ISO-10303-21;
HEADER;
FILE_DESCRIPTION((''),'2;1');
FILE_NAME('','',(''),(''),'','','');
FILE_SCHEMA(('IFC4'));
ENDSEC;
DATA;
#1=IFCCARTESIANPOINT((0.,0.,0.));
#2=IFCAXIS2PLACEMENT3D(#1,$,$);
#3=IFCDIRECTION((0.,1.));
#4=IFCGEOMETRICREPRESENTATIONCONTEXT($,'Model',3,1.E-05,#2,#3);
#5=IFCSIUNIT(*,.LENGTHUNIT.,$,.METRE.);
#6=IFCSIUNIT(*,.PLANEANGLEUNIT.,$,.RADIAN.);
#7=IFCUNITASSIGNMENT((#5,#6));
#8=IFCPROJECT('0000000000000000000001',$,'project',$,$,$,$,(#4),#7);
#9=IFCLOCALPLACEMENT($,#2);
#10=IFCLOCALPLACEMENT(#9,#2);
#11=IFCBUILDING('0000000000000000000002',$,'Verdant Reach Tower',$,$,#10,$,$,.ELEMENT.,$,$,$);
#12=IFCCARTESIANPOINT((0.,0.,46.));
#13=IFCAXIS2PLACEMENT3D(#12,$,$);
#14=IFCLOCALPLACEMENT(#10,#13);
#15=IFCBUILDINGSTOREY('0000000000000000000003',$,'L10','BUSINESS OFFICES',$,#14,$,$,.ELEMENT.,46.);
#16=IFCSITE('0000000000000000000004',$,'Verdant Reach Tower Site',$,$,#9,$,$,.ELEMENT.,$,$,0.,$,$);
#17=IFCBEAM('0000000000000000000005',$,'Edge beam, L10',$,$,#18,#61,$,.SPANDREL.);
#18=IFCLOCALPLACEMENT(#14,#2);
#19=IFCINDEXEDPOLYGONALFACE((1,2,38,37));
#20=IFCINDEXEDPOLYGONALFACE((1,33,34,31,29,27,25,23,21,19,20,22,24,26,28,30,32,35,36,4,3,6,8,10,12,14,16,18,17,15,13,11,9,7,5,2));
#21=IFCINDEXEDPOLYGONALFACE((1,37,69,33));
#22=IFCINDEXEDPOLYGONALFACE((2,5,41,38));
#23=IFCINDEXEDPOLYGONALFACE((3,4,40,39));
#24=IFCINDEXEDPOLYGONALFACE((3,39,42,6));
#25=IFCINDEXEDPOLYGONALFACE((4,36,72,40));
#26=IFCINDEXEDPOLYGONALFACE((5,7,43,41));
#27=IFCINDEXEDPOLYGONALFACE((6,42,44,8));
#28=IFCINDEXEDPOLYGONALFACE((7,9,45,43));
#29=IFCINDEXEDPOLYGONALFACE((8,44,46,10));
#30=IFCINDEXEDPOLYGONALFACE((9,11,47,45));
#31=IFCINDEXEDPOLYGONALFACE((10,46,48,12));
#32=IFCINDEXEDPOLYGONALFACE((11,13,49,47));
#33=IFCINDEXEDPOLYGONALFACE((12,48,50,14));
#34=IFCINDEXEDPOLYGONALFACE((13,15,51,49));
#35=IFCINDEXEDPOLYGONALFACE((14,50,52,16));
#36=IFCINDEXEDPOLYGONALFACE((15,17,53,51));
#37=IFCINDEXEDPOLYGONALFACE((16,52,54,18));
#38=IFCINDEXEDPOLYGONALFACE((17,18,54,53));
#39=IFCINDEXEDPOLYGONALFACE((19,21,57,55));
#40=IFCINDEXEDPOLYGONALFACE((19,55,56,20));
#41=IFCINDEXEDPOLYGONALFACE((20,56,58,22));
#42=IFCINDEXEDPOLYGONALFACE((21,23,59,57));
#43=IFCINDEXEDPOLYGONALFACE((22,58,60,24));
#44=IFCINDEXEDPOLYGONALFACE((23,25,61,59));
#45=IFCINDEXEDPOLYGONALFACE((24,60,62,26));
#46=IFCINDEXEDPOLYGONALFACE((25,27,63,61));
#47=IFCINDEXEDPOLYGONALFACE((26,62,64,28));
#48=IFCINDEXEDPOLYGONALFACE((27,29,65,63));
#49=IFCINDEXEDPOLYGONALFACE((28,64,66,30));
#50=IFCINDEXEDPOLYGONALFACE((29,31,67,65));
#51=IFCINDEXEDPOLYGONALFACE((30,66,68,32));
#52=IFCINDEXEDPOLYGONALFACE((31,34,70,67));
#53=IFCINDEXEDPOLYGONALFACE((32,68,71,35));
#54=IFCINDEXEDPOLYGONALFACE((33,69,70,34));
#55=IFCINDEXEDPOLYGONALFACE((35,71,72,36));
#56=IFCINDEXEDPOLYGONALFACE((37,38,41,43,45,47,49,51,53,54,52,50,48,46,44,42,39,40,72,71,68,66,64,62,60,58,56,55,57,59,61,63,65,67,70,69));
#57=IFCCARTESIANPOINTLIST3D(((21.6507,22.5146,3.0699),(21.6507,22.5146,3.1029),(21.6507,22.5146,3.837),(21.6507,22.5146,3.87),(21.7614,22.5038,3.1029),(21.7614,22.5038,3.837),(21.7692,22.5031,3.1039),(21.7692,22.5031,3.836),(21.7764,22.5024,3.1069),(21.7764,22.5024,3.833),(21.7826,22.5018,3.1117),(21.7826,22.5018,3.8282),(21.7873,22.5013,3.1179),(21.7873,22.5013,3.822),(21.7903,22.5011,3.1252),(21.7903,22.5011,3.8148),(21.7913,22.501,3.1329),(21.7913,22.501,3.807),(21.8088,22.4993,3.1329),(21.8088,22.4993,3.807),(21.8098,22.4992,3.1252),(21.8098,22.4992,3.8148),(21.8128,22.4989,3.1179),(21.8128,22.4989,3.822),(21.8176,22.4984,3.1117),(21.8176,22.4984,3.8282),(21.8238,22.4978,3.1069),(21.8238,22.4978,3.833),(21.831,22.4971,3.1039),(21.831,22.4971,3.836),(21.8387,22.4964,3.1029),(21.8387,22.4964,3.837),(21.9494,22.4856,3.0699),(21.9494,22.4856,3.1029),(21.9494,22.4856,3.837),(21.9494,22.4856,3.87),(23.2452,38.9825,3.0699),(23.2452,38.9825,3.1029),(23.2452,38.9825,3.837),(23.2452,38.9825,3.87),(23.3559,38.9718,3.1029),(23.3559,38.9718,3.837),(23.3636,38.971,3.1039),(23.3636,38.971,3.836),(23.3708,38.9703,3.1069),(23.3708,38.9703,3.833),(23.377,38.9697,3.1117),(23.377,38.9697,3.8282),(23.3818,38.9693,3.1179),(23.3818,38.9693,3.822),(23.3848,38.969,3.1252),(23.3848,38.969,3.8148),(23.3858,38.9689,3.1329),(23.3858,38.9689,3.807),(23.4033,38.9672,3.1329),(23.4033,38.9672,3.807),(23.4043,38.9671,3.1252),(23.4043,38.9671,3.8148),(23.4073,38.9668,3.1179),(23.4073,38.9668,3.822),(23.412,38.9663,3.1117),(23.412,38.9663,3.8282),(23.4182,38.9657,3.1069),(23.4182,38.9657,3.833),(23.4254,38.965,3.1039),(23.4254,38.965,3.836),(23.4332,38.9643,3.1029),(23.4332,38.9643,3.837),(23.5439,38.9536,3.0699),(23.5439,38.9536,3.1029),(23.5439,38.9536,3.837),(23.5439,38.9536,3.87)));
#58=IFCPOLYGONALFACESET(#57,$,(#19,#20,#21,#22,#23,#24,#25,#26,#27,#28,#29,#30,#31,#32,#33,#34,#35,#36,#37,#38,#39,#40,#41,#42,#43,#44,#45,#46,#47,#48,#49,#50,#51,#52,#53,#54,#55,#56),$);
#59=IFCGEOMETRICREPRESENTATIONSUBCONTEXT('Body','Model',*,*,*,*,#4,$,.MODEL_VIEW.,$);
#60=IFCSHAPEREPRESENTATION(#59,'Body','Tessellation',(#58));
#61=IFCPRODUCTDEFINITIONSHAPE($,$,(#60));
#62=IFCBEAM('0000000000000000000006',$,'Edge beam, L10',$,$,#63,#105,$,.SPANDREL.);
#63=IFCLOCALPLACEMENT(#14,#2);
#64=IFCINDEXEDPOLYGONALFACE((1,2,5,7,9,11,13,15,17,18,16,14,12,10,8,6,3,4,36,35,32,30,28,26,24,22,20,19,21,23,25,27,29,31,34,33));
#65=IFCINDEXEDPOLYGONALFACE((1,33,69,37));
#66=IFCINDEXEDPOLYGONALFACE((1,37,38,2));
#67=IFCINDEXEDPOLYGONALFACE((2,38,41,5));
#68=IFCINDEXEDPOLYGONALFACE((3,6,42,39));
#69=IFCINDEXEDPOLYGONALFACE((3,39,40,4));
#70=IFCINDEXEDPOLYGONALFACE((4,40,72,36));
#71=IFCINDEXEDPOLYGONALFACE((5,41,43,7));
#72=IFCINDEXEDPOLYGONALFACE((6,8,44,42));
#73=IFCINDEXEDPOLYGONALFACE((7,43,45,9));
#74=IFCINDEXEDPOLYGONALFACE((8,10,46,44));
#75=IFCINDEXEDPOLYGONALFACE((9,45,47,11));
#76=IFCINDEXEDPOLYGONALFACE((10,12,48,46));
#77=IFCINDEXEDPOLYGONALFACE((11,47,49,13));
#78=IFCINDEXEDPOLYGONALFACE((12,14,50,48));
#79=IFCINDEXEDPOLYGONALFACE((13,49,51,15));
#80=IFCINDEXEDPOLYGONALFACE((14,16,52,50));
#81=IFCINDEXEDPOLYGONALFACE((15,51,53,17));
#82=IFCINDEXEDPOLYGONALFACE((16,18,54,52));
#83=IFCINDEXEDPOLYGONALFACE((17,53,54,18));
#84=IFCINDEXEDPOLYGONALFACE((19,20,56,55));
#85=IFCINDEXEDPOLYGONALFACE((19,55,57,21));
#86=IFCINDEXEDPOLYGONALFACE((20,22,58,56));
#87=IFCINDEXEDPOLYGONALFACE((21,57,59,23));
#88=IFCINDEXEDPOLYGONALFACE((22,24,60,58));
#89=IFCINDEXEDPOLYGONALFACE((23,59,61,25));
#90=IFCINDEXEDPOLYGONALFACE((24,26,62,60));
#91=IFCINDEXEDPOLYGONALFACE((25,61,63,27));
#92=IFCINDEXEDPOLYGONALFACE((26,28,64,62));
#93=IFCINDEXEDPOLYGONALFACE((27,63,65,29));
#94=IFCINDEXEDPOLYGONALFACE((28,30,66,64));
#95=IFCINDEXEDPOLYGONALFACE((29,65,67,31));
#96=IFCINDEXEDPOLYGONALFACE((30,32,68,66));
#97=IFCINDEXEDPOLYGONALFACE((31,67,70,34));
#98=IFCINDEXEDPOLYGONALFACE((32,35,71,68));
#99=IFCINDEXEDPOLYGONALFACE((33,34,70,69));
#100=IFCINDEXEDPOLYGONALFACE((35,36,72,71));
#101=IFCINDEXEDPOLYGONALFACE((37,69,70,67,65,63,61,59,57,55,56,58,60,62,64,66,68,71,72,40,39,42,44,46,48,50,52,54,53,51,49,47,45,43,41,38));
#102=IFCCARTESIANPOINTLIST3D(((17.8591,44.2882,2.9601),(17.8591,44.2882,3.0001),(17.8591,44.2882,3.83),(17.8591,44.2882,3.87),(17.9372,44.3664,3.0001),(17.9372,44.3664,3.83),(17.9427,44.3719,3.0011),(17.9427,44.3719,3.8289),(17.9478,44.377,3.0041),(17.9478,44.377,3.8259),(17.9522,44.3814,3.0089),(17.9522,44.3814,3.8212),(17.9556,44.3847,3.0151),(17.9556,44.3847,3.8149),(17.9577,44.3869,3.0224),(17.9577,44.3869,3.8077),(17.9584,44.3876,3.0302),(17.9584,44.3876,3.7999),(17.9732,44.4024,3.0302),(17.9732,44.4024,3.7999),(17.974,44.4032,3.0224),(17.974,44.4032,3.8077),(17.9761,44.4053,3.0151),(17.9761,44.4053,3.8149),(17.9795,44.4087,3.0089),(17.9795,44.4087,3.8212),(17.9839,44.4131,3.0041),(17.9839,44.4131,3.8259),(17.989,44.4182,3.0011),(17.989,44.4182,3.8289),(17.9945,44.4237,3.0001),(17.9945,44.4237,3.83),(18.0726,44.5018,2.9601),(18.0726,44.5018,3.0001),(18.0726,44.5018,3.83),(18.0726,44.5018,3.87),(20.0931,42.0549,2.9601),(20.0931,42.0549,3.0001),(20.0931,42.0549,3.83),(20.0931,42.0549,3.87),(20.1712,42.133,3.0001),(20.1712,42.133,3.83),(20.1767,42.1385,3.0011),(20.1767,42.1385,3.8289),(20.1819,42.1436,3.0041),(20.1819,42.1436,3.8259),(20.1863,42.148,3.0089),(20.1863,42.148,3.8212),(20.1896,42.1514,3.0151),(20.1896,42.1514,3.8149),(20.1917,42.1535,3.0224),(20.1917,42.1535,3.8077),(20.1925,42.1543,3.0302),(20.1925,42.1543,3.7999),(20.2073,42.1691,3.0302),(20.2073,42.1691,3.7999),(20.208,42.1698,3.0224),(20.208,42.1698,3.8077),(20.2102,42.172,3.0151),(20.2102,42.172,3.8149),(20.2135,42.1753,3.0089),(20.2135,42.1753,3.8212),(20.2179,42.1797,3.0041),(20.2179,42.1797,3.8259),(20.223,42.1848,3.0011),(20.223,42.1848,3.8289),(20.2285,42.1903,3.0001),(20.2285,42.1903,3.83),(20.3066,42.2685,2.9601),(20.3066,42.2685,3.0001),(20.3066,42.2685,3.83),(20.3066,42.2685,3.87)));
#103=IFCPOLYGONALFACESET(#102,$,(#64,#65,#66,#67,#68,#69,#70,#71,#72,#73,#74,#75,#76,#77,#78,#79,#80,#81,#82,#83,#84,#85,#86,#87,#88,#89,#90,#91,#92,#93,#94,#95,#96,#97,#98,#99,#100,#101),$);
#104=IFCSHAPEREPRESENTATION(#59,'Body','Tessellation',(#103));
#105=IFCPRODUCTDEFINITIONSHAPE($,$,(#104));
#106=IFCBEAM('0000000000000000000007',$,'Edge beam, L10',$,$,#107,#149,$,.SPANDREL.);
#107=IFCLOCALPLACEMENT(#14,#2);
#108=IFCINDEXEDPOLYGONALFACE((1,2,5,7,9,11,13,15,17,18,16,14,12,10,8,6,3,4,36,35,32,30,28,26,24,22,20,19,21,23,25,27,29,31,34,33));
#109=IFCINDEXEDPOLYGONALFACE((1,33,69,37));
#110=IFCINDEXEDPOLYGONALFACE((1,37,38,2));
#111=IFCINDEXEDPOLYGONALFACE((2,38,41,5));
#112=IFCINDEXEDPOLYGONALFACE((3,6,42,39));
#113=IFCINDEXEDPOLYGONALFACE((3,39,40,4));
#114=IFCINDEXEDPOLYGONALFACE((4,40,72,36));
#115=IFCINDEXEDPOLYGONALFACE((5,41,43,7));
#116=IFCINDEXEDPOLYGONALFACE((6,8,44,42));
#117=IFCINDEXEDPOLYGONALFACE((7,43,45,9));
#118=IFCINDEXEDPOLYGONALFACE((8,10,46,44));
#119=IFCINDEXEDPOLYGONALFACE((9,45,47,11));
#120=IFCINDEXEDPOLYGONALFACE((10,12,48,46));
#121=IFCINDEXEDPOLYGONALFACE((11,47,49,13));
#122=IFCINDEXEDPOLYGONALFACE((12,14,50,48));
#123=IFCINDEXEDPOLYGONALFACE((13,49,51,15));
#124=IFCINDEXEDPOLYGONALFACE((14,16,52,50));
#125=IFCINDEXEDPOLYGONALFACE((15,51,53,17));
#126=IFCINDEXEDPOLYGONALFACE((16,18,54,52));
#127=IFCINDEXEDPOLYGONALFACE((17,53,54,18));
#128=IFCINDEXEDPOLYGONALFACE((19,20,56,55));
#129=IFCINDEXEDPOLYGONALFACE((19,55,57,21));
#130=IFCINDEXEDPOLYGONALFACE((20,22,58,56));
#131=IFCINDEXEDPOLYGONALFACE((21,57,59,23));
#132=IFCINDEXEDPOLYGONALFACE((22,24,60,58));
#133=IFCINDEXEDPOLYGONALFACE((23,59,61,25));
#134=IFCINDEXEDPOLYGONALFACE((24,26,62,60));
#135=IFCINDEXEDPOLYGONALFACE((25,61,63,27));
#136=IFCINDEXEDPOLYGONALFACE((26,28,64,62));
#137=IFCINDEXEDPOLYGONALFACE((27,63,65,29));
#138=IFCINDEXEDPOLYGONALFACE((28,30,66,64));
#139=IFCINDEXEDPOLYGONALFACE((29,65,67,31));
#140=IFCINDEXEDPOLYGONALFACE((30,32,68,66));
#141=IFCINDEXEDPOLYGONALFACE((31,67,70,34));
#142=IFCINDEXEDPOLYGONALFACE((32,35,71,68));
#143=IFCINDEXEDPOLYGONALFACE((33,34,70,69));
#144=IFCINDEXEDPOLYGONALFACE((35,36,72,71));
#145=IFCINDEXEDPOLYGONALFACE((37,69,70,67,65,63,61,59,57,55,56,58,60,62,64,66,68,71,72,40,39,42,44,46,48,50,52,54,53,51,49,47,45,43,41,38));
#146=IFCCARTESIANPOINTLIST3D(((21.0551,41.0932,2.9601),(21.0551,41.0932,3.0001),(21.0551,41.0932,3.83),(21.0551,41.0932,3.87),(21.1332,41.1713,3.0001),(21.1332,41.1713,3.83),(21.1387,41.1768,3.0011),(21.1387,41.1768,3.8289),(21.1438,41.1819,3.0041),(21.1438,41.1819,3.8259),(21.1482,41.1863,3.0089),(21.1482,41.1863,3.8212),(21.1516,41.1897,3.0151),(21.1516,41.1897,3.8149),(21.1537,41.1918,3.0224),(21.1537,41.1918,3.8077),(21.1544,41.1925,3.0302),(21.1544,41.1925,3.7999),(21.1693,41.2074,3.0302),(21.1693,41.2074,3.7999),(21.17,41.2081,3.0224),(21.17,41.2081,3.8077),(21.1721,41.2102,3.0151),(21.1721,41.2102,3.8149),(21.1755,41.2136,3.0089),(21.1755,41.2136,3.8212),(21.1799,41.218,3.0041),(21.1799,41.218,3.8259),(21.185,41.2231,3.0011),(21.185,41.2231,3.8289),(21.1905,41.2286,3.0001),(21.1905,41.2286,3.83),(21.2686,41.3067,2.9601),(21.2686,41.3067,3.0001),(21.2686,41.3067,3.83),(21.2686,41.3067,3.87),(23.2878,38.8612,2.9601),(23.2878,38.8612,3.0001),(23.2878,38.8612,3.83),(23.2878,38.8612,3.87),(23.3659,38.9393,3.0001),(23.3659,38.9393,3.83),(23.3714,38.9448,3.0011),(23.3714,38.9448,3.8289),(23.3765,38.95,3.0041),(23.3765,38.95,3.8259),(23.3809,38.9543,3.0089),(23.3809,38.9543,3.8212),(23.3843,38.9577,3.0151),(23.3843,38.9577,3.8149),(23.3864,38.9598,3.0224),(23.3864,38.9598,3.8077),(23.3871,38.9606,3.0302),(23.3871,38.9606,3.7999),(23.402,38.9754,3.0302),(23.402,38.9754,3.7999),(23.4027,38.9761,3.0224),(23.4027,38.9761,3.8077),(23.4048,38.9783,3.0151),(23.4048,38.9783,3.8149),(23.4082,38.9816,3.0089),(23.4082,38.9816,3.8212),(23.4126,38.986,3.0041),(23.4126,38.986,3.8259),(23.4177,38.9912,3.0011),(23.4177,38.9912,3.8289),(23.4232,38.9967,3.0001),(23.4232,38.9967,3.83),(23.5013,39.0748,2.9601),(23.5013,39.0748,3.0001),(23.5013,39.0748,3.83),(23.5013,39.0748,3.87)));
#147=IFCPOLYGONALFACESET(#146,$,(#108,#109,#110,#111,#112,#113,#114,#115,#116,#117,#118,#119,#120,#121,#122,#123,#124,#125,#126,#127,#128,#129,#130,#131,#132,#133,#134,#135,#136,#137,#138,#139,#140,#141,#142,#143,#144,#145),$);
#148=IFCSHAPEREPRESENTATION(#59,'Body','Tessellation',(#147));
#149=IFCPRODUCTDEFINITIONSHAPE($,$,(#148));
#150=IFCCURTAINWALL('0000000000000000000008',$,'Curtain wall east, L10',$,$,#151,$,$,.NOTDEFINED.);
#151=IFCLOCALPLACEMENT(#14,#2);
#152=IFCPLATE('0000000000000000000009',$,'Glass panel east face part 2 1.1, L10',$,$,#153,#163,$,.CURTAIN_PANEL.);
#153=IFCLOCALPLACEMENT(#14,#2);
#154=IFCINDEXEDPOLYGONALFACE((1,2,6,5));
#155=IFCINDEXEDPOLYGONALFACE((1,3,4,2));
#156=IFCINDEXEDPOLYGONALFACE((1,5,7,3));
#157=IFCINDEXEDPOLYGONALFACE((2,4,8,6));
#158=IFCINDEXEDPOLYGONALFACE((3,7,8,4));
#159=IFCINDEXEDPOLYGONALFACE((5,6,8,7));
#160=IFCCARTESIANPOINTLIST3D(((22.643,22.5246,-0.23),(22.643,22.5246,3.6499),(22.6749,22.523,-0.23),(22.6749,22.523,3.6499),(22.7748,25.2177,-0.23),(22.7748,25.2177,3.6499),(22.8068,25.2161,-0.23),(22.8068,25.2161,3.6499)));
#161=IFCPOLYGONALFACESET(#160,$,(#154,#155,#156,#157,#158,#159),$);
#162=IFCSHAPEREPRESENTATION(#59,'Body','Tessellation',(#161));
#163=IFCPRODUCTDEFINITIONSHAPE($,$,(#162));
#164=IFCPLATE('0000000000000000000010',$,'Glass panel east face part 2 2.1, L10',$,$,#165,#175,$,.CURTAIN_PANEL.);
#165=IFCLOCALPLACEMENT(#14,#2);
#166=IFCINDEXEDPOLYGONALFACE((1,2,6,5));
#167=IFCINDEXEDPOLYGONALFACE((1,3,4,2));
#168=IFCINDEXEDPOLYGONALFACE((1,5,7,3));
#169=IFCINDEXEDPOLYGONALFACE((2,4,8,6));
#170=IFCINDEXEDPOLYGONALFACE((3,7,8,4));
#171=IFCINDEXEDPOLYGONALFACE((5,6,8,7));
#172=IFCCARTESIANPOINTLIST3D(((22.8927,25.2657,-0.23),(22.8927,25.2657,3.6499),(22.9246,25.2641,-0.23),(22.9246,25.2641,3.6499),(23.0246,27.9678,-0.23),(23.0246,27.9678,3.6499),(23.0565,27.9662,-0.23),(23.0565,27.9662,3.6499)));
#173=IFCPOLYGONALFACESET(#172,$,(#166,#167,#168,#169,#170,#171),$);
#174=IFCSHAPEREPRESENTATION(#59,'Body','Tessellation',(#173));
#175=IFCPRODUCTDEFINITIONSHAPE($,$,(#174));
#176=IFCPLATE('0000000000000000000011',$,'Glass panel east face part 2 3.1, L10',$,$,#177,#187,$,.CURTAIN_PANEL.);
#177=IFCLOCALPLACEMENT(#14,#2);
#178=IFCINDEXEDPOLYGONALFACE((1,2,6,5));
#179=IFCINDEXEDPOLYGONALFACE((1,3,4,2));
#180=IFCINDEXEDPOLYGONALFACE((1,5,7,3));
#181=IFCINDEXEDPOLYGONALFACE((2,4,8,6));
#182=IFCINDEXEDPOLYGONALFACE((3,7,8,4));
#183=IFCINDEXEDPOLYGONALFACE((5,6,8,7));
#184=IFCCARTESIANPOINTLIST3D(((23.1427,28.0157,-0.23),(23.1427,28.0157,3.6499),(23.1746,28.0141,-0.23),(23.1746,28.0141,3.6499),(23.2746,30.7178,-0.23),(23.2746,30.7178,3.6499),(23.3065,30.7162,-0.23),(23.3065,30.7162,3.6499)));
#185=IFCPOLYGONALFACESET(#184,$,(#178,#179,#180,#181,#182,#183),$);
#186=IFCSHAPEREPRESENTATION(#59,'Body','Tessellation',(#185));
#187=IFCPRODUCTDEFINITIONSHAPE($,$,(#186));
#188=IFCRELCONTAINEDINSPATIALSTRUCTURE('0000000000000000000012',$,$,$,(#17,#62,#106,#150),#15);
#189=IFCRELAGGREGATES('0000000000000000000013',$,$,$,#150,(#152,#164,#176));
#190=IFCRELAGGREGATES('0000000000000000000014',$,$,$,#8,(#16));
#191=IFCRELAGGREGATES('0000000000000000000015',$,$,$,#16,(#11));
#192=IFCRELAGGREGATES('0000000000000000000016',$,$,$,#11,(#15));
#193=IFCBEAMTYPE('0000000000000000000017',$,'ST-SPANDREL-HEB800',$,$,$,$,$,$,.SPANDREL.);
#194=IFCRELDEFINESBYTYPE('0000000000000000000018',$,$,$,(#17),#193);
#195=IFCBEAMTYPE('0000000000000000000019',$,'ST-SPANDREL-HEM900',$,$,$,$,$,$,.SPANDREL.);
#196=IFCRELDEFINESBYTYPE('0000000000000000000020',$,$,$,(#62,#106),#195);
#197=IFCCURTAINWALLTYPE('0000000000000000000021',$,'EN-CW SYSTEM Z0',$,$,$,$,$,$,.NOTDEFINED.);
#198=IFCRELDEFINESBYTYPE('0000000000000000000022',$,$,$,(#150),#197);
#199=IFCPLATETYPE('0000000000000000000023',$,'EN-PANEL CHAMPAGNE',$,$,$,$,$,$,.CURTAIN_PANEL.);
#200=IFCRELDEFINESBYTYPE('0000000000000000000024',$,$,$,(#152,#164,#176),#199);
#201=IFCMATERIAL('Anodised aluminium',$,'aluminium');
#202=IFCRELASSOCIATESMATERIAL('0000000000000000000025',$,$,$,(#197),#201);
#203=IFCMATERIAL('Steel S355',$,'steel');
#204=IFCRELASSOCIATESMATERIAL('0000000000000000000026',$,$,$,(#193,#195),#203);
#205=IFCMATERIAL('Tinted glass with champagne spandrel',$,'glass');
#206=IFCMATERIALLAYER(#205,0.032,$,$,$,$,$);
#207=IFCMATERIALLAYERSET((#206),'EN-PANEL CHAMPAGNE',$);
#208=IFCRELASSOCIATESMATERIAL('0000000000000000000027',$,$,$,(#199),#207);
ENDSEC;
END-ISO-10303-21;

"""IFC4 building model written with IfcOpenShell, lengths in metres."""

from ifc_helpers import new_model, si_unit, direction, frame, origin, origin_2d, place, context, subcontext, project, spatial, rectangle, i_section, extrude, material, layer, layer_set, material_profile, profile_set, type_object, element, aggregate, save


model = new_model("IFC4")

# Units and contexts
model_context = context("Model", 3, precision=1e-05, world=origin(), true_north=direction((0.0, 1.0)))
body_context = subcontext(model_context, "Body", "Model", "MODEL_VIEW")
ifc_project = project(units=[si_unit("LENGTHUNIT", "METRE"), si_unit("PLANEANGLEUNIT", "RADIAN")], contexts=[model_context])

# Site, building, storey
site_placement = place(None, origin())
site = spatial("IfcSite", under=ifc_project, at=site_placement, Name="Verdant Reach Tower Site", CompositionType="ELEMENT", RefElevation=0.0)
building_placement = place(site_placement, origin())
building = spatial("IfcBuilding", under=site, at=building_placement, Name="Verdant Reach Tower", CompositionType="ELEMENT")
storey_placement = place(building_placement, frame((0.0, 0.0, 46.0)))
storey = spatial("IfcBuildingStorey", under=building, at=storey_placement, Name="L10", Description="BUSINESS OFFICES", CompositionType="ELEMENT", Elevation=46.0)

# Shared definitions
ifc_material_1 = material(Name="Anodised aluminium", Category="aluminium")
curtain_wall_type = type_object("IfcCurtainWallType", Name="EN-CW SYSTEM Z0", PredefinedType="NOTDEFINED", material=ifc_material_1)

# Beams
ifc_material_2 = material(Name="Steel S355", Category="steel")
ifc_material_profile_1 = material_profile(ifc_material_2, i_section(OverallWidth=0.3, OverallDepth=0.8, WebThickness=0.0176, FlangeThickness=0.033, FilletRadius=0.03, at=origin_2d()), Name="HEB 800")
ifc_profile_set_1 = profile_set([ifc_material_profile_1], Name="Steel S355")
beam_type_1 = type_object("IfcBeamType", Name="ST-SPANDREL-HEB800", PredefinedType="SPANDREL", material=ifc_profile_set_1)
beam_1_placement = place(storey_placement, frame((23.3945, 38.968, 3.47), z_axis=(-0.096372, -0.995345, 0.0), x_axis=(0.995345, -0.096372, 0.0)))
element("IfcBeam", 1, at=beam_1_placement, inside=storey, type_object=beam_type_1, Name="Edge beam, L10", PredefinedType="SPANDREL", context=body_context, shape_type="SweptSolid", body=[
    extrude(i_section(OverallWidth=0.3, OverallDepth=0.8, WebThickness=0.0176, FlangeThickness=0.033, FilletRadius=0.03, at=origin_2d()), origin(), (0.0, 0.0, 1.0), 16.5449),
])
ifc_material_profile_2 = material_profile(ifc_material_2, i_section(OverallWidth=0.302, OverallDepth=0.9099, WebThickness=0.021, FlangeThickness=0.04, FilletRadius=0.03, at=origin_2d()), Name="HEM 900")
ifc_profile_set_2 = profile_set([ifc_material_profile_2], Name="Steel S355")
beam_type_2 = type_object("IfcBeamType", Name="ST-SPANDREL-HEM900", PredefinedType="SPANDREL", material=ifc_profile_set_2)
beam_2_placement = place(storey_placement, frame((17.9658, 44.395, 3.415), z_axis=(0.707223, -0.706991, 0.0), x_axis=(0.706991, 0.707223, 0.0)))
element("IfcBeam", 2, at=beam_2_placement, inside=storey, type_object=beam_type_2, Name="Edge beam, L10", PredefinedType="SPANDREL", context=body_context, shape_type="SweptSolid", body=[
    extrude(i_section(OverallWidth=0.302, OverallDepth=0.9099, WebThickness=0.021, FlangeThickness=0.04, FilletRadius=0.03, at=origin_2d()), origin(), (0.0, 0.0, 1.0), 3.1589),
])
beam_3_placement = place(storey_placement, frame((21.1619, 41.2, 3.415), z_axis=(0.707223, -0.706991, 0.0), x_axis=(0.706991, 0.707223, 0.0)))
element("IfcBeam", 3, at=beam_3_placement, inside=storey, type_object=beam_type_2, Name="Edge beam, L10", PredefinedType="SPANDREL", context=body_context, shape_type="SweptSolid", body=[
    extrude(i_section(OverallWidth=0.302, OverallDepth=0.9099, WebThickness=0.021, FlangeThickness=0.04, FilletRadius=0.03, at=origin_2d()), origin(), (0.0, 0.0, 1.0), 3.157),
])

# Curtain wall, plates
curtain_wall_1_placement = place(storey_placement, origin())
curtain_wall_1 = element("IfcCurtainWall", 4, at=curtain_wall_1_placement, inside=storey, type_object=curtain_wall_type, Name="Curtain wall east, L10", PredefinedType="NOTDEFINED")
ifc_material_3 = material(Name="Tinted glass with champagne spandrel", Category="glass")
ifc_layer_1 = layer(ifc_material_3, 0.032)
ifc_layer_set_1 = layer_set([ifc_layer_1], Name="EN-PANEL CHAMPAGNE")
plate_type_1 = type_object("IfcPlateType", Name="EN-PANEL CHAMPAGNE", PredefinedType="CURTAIN_PANEL", material=ifc_layer_set_1)
plate_1_placement = place(storey_placement, frame((22.7249, 23.8704, -0.23), z_axis=(0.0, 0.0, 1.0), x_axis=(0.048902, 0.998804, 0.0)))
plate_1 = element("IfcPlate", 5, at=plate_1_placement, type_object=plate_type_1, Name="Glass panel east face part 2 1.1, L10", PredefinedType="CURTAIN_PANEL", context=body_context, shape_type="SweptSolid", body=[
    extrude(rectangle(XDim=2.6963, YDim=0.032, at=origin_2d()), origin(), (0.0, 0.0, 1.0), 3.8799),
])
plate_2_placement = place(storey_placement, frame((22.9746, 26.616, -0.23), z_axis=(0.0, 0.0, 1.0), x_axis=(0.048753, 0.998811, 0.0)))
plate_2 = element("IfcPlate", 6, at=plate_2_placement, type_object=plate_type_1, Name="Glass panel east face part 2 2.1, L10", PredefinedType="CURTAIN_PANEL", context=body_context, shape_type="SweptSolid", body=[
    extrude(rectangle(XDim=2.7053, YDim=0.032, at=origin_2d()), origin(), (0.0, 0.0, 1.0), 3.8799),
])
plate_3_placement = place(storey_placement, frame((23.2246, 29.366, -0.23), z_axis=(0.0, 0.0, 1.0), x_axis=(0.048753, 0.998811, 0.0)))
plate_3 = element("IfcPlate", 7, at=plate_3_placement, type_object=plate_type_1, Name="Glass panel east face part 2 3.1, L10", PredefinedType="CURTAIN_PANEL", context=body_context, shape_type="SweptSolid", body=[
    extrude(rectangle(XDim=2.7053, YDim=0.032, at=origin_2d()), origin(), (0.0, 0.0, 1.0), 3.8799),
])

aggregate(curtain_wall_1, [plate_1, plate_2, plate_3])

save(model, "model.ifc")
